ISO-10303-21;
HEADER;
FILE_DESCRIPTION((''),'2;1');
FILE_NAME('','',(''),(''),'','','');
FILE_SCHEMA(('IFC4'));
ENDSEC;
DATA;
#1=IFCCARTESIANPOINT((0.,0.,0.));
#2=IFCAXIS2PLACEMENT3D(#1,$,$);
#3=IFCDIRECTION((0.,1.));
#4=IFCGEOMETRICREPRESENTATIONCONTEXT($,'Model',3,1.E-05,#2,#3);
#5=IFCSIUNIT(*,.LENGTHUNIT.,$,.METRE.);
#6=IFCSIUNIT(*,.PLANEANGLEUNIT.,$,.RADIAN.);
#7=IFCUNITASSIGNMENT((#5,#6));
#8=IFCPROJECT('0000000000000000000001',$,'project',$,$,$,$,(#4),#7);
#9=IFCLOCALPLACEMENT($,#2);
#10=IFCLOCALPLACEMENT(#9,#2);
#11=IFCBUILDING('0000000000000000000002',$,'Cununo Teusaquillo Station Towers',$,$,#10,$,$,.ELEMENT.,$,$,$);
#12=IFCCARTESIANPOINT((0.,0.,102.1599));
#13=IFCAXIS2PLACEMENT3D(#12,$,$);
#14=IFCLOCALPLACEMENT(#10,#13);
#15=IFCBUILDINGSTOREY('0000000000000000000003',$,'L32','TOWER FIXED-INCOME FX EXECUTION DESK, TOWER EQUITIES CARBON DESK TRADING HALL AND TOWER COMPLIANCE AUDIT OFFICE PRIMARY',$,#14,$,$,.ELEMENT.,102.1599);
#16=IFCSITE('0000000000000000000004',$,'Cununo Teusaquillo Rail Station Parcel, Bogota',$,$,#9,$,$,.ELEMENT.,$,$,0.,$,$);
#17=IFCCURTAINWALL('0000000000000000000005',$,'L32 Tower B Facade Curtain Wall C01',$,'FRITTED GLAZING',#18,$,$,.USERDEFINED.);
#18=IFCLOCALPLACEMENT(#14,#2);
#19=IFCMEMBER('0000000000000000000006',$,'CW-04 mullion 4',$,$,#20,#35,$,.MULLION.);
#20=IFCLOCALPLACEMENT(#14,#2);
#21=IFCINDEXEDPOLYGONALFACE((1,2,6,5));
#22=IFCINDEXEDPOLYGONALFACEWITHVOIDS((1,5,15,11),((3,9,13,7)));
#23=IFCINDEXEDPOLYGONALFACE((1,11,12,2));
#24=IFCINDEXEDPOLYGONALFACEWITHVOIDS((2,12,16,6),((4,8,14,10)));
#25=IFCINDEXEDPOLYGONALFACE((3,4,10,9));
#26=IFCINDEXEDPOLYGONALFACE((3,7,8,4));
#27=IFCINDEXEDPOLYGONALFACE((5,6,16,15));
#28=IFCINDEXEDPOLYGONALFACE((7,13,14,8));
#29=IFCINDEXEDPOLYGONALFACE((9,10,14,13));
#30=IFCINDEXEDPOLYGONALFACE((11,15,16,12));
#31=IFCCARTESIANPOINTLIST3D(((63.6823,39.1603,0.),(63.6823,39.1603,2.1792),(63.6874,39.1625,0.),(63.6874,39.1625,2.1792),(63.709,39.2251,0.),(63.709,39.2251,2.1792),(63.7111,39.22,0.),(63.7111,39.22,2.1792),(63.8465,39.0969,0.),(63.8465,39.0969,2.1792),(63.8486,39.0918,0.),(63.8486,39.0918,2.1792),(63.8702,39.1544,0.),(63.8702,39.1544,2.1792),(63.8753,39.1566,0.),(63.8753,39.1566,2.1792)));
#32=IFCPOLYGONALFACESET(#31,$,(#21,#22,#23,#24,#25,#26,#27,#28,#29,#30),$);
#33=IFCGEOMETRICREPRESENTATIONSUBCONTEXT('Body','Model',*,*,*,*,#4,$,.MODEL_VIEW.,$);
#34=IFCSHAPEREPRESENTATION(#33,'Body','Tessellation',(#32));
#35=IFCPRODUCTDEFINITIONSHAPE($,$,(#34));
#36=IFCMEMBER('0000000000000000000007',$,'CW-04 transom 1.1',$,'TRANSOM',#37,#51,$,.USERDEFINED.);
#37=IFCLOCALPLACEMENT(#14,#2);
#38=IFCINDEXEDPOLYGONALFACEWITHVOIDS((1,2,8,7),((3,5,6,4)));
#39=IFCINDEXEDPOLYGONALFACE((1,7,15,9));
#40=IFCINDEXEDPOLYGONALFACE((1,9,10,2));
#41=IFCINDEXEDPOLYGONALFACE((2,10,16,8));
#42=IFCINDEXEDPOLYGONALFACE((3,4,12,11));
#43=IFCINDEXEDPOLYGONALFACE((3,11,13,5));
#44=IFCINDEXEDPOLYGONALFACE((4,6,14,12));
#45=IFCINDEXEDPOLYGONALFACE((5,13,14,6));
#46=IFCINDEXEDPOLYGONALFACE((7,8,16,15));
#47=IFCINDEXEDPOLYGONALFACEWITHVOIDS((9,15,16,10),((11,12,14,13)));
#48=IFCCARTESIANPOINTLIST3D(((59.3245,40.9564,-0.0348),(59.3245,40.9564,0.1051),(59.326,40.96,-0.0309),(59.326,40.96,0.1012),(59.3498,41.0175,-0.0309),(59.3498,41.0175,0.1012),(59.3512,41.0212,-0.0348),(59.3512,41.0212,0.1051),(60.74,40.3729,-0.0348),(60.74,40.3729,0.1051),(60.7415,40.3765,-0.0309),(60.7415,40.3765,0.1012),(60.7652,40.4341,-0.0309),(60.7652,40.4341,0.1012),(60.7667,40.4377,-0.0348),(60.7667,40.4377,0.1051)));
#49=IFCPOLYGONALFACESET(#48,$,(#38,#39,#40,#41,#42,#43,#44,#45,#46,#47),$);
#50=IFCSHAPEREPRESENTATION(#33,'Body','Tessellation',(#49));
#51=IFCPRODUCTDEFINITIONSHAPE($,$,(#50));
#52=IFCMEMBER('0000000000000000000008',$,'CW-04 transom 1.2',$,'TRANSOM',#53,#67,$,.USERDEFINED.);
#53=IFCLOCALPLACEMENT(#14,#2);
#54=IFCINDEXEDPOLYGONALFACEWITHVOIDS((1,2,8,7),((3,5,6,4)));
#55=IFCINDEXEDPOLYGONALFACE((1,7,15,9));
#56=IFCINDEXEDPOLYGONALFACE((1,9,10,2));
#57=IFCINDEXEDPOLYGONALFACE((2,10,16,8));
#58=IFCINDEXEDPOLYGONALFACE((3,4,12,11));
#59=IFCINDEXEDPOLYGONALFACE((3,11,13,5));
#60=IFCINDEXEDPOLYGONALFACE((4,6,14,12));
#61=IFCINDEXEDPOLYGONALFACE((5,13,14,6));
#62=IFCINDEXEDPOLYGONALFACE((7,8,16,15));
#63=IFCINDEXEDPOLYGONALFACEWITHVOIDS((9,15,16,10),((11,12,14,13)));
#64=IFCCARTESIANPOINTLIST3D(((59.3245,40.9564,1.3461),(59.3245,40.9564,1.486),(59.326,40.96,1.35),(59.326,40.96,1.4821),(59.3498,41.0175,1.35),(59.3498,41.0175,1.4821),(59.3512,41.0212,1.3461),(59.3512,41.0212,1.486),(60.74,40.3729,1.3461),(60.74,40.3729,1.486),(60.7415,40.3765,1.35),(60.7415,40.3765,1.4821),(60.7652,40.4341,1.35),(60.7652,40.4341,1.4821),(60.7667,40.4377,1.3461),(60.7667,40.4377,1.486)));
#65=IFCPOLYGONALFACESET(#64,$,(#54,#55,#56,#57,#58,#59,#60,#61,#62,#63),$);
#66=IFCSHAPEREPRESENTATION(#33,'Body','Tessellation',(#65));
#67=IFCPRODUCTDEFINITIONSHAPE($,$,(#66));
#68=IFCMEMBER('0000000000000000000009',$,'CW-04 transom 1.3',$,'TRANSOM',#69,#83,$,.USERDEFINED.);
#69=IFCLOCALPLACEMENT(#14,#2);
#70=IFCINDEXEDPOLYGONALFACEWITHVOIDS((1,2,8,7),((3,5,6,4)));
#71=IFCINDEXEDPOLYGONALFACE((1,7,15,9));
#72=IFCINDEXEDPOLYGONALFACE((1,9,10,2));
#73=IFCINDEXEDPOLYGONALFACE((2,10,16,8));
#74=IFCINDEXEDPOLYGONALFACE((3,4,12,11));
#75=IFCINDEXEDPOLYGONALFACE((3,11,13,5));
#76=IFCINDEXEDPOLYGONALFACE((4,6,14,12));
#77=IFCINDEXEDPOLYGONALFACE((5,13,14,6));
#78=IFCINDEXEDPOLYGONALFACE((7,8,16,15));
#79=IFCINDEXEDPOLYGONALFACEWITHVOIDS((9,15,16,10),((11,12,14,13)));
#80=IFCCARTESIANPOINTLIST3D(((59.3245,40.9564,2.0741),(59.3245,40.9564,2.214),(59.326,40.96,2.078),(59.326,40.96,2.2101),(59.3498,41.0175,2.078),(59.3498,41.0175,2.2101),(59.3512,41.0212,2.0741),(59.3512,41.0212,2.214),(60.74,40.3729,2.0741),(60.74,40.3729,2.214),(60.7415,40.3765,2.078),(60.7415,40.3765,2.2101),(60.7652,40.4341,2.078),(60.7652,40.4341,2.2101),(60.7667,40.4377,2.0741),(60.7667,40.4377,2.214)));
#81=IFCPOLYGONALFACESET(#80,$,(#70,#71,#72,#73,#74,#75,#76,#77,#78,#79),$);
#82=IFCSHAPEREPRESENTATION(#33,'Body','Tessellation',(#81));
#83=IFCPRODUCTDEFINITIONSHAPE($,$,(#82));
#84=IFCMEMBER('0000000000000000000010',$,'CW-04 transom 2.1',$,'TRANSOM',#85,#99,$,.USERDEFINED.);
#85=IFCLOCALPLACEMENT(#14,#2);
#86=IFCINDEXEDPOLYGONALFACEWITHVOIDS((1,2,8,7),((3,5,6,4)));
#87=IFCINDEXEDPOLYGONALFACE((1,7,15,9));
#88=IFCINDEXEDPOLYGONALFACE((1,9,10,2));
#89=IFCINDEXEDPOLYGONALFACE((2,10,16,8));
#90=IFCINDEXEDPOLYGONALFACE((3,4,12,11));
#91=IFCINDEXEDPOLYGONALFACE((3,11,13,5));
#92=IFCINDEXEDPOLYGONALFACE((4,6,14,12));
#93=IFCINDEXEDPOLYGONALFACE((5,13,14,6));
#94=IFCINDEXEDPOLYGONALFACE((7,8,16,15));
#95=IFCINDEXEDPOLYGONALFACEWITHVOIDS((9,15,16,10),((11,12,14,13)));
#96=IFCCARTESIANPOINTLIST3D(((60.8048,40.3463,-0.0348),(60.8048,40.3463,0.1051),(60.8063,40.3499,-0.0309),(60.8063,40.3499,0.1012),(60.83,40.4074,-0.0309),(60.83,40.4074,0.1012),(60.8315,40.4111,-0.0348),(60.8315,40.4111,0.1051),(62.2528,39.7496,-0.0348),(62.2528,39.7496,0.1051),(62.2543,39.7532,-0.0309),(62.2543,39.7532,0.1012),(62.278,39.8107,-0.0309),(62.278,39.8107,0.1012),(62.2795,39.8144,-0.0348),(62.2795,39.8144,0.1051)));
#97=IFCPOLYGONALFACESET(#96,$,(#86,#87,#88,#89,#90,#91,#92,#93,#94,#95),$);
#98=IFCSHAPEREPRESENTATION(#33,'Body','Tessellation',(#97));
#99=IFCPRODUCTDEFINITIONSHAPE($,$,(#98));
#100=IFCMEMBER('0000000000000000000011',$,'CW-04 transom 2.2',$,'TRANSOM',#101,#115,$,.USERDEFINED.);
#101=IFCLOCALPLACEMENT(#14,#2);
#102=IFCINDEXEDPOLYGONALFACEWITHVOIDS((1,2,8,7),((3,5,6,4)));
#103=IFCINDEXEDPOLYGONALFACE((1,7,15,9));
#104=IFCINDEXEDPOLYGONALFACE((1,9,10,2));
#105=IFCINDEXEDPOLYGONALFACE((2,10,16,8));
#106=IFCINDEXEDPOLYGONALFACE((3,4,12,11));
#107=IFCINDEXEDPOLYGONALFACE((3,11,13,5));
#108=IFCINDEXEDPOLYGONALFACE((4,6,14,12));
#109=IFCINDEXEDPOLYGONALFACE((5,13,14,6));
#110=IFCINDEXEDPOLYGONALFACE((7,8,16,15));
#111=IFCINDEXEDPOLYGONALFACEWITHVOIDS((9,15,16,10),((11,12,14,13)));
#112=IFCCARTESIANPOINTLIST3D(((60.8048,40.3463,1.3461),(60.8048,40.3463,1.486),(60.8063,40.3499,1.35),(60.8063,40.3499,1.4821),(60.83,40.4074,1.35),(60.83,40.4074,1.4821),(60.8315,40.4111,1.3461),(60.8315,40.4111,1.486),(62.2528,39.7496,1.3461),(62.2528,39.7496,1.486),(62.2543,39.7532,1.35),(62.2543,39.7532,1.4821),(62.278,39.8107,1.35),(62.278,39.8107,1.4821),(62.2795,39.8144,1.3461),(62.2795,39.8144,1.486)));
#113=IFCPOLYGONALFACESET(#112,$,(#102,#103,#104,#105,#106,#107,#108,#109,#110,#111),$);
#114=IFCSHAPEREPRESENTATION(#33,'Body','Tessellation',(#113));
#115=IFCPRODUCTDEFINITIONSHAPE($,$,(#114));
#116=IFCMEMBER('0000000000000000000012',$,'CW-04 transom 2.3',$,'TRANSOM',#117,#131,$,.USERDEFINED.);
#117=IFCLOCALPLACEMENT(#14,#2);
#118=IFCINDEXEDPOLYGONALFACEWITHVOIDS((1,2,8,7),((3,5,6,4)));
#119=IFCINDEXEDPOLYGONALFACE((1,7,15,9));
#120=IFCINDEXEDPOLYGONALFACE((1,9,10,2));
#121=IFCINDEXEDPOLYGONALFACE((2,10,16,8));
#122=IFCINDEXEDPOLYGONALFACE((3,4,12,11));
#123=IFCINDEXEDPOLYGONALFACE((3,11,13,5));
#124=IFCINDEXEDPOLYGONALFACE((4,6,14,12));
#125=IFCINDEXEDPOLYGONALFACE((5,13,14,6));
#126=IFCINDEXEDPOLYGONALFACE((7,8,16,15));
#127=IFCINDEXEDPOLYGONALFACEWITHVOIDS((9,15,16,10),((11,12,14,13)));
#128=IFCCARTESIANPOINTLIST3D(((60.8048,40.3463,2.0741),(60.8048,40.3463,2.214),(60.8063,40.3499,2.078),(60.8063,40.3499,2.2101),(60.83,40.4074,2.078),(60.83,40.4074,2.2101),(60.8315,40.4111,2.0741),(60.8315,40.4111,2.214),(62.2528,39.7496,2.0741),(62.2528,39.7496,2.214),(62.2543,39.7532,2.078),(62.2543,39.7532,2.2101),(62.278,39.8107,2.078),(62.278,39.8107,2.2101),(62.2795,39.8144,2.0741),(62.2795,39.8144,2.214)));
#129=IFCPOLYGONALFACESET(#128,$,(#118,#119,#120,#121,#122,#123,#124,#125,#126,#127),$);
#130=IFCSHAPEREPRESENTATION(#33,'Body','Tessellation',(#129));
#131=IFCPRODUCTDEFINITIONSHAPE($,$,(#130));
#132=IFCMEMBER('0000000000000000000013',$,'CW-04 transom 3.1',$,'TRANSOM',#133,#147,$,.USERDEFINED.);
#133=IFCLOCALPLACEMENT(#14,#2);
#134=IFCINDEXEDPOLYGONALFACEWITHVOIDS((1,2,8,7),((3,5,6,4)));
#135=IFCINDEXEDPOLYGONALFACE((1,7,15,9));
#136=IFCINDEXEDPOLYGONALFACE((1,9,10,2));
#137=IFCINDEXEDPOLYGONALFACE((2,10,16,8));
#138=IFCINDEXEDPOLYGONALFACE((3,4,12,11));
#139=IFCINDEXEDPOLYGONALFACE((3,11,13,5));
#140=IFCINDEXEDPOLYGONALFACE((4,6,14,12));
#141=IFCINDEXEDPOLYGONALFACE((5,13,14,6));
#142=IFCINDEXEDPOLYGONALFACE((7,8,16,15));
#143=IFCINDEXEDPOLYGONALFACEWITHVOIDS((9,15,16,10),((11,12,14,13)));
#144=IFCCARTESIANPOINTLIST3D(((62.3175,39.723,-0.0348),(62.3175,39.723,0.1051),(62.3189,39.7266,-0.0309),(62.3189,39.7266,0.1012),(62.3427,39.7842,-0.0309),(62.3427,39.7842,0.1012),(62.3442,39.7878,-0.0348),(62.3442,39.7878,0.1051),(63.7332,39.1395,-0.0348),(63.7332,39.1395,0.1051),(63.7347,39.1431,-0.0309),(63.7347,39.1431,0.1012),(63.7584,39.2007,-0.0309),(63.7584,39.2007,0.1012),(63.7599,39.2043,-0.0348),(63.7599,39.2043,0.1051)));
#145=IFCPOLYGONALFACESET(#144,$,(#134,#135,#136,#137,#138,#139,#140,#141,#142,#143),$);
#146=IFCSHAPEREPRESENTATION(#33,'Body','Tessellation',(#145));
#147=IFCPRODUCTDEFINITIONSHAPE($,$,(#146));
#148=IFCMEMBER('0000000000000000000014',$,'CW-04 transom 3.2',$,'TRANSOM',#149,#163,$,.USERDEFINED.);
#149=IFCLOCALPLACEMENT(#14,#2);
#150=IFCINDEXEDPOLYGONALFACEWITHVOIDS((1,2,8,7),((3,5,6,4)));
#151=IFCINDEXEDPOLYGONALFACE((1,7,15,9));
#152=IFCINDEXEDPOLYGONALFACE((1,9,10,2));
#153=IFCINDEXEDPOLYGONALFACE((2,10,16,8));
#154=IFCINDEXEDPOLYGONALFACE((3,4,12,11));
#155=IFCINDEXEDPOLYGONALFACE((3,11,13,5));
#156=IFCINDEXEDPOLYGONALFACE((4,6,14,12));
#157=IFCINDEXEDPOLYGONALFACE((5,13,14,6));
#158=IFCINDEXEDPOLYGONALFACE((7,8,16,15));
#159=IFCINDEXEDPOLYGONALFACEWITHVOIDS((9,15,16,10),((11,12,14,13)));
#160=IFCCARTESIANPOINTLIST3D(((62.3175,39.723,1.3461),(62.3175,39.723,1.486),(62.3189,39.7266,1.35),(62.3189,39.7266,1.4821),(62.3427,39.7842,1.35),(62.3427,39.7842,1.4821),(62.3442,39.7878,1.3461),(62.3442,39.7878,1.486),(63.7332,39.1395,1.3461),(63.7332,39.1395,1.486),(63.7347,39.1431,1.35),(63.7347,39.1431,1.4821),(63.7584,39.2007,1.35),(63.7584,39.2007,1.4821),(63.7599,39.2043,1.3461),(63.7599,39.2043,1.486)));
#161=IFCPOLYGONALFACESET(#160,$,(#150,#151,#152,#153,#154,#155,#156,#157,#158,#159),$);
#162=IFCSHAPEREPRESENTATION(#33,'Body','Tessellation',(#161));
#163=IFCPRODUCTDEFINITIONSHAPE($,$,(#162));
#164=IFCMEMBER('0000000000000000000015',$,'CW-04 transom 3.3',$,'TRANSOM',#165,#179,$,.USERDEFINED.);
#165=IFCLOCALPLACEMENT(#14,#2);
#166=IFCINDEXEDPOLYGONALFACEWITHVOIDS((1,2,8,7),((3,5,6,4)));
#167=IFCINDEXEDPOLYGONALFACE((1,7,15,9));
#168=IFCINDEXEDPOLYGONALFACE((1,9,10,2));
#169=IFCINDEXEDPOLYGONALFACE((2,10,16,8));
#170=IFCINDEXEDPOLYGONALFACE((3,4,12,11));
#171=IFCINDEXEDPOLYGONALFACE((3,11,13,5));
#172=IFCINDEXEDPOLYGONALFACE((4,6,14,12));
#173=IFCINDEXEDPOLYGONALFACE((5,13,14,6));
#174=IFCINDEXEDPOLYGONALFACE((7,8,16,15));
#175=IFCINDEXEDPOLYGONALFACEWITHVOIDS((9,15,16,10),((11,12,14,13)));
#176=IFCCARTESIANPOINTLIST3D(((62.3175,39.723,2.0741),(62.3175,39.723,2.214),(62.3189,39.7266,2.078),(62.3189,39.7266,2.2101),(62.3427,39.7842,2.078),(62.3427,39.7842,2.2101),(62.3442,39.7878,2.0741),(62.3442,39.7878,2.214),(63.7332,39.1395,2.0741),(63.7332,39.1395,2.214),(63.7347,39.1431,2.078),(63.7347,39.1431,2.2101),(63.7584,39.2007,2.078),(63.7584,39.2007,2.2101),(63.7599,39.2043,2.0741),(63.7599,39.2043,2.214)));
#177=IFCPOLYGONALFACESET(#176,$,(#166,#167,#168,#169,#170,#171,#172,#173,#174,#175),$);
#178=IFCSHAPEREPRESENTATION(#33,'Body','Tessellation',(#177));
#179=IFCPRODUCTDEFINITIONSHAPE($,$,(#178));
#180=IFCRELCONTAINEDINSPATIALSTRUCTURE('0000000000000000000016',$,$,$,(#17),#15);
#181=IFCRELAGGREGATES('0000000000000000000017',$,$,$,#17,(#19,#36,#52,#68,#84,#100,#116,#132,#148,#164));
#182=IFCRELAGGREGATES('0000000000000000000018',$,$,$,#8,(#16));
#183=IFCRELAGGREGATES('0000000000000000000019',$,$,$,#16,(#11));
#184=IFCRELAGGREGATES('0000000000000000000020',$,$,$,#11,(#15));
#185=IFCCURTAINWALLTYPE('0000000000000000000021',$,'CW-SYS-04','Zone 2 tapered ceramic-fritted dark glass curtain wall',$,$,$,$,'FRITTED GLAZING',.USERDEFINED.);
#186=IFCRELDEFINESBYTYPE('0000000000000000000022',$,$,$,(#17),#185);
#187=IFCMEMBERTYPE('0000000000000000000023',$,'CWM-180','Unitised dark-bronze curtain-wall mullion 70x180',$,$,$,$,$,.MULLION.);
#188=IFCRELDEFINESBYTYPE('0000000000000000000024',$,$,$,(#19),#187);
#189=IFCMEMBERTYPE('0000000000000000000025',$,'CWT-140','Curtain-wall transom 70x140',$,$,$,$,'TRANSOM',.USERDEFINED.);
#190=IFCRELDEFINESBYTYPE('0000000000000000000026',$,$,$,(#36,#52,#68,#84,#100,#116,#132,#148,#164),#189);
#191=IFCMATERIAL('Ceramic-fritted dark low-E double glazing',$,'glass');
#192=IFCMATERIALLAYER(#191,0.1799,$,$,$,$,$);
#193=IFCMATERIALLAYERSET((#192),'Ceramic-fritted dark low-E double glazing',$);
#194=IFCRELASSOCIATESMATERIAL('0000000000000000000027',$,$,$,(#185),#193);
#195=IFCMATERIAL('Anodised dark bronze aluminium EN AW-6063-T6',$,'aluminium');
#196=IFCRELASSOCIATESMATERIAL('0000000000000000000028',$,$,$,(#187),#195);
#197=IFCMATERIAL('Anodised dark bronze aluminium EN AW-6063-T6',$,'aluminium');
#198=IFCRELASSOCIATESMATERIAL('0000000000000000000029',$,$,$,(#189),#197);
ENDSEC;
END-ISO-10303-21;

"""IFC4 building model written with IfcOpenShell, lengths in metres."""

from ifc_helpers import new_model, si_unit, direction, frame, origin, origin_2d, place, context, subcontext, project, spatial, hollow_rectangle, extrude, material, layer, layer_set, material_profile, profile_set, type_object, element, aggregate, save


model = new_model("IFC4")

# Units and contexts
model_context = context("Model", 3, precision=1e-05, world=origin(), true_north=direction((0.0, 1.0)))
body_context = subcontext(model_context, "Body", "Model", "MODEL_VIEW")
ifc_project = project(units=[si_unit("LENGTHUNIT", "METRE"), si_unit("PLANEANGLEUNIT", "RADIAN")], contexts=[model_context])

# Site, building, storey
site_placement = place(None, origin())
site = spatial("IfcSite", under=ifc_project, at=site_placement, Name="Cununo Teusaquillo Rail Station Parcel, Bogota", CompositionType="ELEMENT", RefElevation=0.0)
building_placement = place(site_placement, origin())
building = spatial("IfcBuilding", under=site, at=building_placement, Name="Cununo Teusaquillo Station Towers", CompositionType="ELEMENT")
storey_placement = place(building_placement, frame((0.0, 0.0, 102.1599)))
storey = spatial("IfcBuildingStorey", under=building, at=storey_placement, Name="L32", Description="TOWER FIXED-INCOME FX EXECUTION DESK, TOWER EQUITIES CARBON DESK TRADING HALL AND TOWER COMPLIANCE AUDIT OFFICE PRIMARY", CompositionType="ELEMENT", Elevation=102.1599)

# Curtain wall, members
ifc_material_1 = material(Name="Ceramic-fritted dark low-E double glazing", Category="glass")
ifc_layer_1 = layer(ifc_material_1, 0.1799)
ifc_layer_set_1 = layer_set([ifc_layer_1], Name="Ceramic-fritted dark low-E double glazing")
curtain_wall_type = type_object("IfcCurtainWallType", Name="CW-SYS-04", Description="Zone 2 tapered ceramic-fritted dark glass curtain wall", ElementType="FRITTED GLAZING", PredefinedType="USERDEFINED", material=ifc_layer_set_1)
curtain_wall_placement = place(storey_placement, origin())
curtain_wall = element("IfcCurtainWall", 1, at=curtain_wall_placement, inside=storey, type_object=curtain_wall_type, Name="L32 Tower B Facade Curtain Wall C01", ObjectType="FRITTED GLAZING", PredefinedType="USERDEFINED")
ifc_material_2 = material(Name="Anodised dark bronze aluminium EN AW-6063-T6", Category="aluminium")
ifc_material_profile_1 = material_profile(ifc_material_2, hollow_rectangle(XDim=0.0701, YDim=0.1799, WallThickness=0.0039, at=origin_2d()), Name="CW-MULL-70x180")
ifc_profile_set_1 = profile_set([ifc_material_profile_1], Name="Anodised dark bronze aluminium EN AW-6063-T6")
member_type_1 = type_object("IfcMemberType", Name="CWM-180", Description="Unitised dark-bronze curtain-wall mullion 70x180", PredefinedType="MULLION", material=ifc_profile_set_1)
member_1_placement = place(storey_placement, frame((63.7788, 39.1584, 0.0), z_axis=(0.0, 0.0, 1.0), x_axis=(0.381031, 0.924562, 0.0)))
member_1 = element("IfcMember", 2, at=member_1_placement, type_object=member_type_1, Name="CW-04 mullion 4", PredefinedType="MULLION", context=body_context, shape_type="SweptSolid", body=[
    extrude(hollow_rectangle(XDim=0.0701, YDim=0.1799, WallThickness=0.0039, at=origin_2d()), origin(), (0.0, 0.0, 1.0), 2.1792),
])
ifc_material_3 = material(Name="Anodised dark bronze aluminium EN AW-6063-T6", Category="aluminium")
ifc_material_profile_2 = material_profile(ifc_material_3, hollow_rectangle(XDim=0.0701, YDim=0.1399, WallThickness=0.0039, at=origin_2d()), Name="CW-TRAN-70x140")
ifc_profile_set_2 = profile_set([ifc_material_profile_2], Name="Anodised dark bronze aluminium EN AW-6063-T6")
member_type_2 = type_object("IfcMemberType", Name="CWT-140", Description="Curtain-wall transom 70x140", ElementType="TRANSOM", PredefinedType="USERDEFINED", material=ifc_profile_set_2)
member_2_placement = place(storey_placement, frame((59.3379, 40.9888, 0.0352), z_axis=(0.924533, -0.381103, 0.0), x_axis=(0.381103, 0.924533, 0.0)))
member_2 = element("IfcMember", 3, at=member_2_placement, type_object=member_type_2, Name="CW-04 transom 1.1", ObjectType="TRANSOM", PredefinedType="USERDEFINED", context=body_context, shape_type="SweptSolid", body=[
    extrude(hollow_rectangle(XDim=0.0701, YDim=0.1399, WallThickness=0.0039, at=origin_2d()), origin(), (0.0, 0.0, 1.0), 1.531),
])
member_3_placement = place(storey_placement, frame((59.3379, 40.9888, 1.416), z_axis=(0.924533, -0.381103, 0.0), x_axis=(0.381103, 0.924533, 0.0)))
member_3 = element("IfcMember", 4, at=member_3_placement, type_object=member_type_2, Name="CW-04 transom 1.2", ObjectType="TRANSOM", PredefinedType="USERDEFINED", context=body_context, shape_type="SweptSolid", body=[
    extrude(hollow_rectangle(XDim=0.0701, YDim=0.1399, WallThickness=0.0039, at=origin_2d()), origin(), (0.0, 0.0, 1.0), 1.531),
])
member_4_placement = place(storey_placement, frame((59.3379, 40.9888, 2.144), z_axis=(0.924533, -0.381103, 0.0), x_axis=(0.381103, 0.924533, 0.0)))
member_4 = element("IfcMember", 5, at=member_4_placement, type_object=member_type_2, Name="CW-04 transom 1.3", ObjectType="TRANSOM", PredefinedType="USERDEFINED", context=body_context, shape_type="SweptSolid", body=[
    extrude(hollow_rectangle(XDim=0.0701, YDim=0.1399, WallThickness=0.0039, at=origin_2d()), origin(), (0.0, 0.0, 1.0), 1.531),
])
member_5_placement = place(storey_placement, frame((60.8181, 40.3787, 0.0352), z_axis=(0.924578, -0.380993, 0.0), x_axis=(0.380993, 0.924578, 0.0)))
member_5 = element("IfcMember", 6, at=member_5_placement, type_object=member_type_2, Name="CW-04 transom 2.1", ObjectType="TRANSOM", PredefinedType="USERDEFINED", context=body_context, shape_type="SweptSolid", body=[
    extrude(hollow_rectangle(XDim=0.0701, YDim=0.1399, WallThickness=0.0039, at=origin_2d()), origin(), (0.0, 0.0, 1.0), 1.5662),
])
member_6_placement = place(storey_placement, frame((60.8181, 40.3787, 1.416), z_axis=(0.924578, -0.380993, 0.0), x_axis=(0.380993, 0.924578, 0.0)))
member_6 = element("IfcMember", 7, at=member_6_placement, type_object=member_type_2, Name="CW-04 transom 2.2", ObjectType="TRANSOM", PredefinedType="USERDEFINED", context=body_context, shape_type="SweptSolid", body=[
    extrude(hollow_rectangle(XDim=0.0701, YDim=0.1399, WallThickness=0.0039, at=origin_2d()), origin(), (0.0, 0.0, 1.0), 1.5662),
])
member_7_placement = place(storey_placement, frame((60.8181, 40.3787, 2.144), z_axis=(0.924578, -0.380993, 0.0), x_axis=(0.380993, 0.924578, 0.0)))
member_7 = element("IfcMember", 8, at=member_7_placement, type_object=member_type_2, Name="CW-04 transom 2.3", ObjectType="TRANSOM", PredefinedType="USERDEFINED", context=body_context, shape_type="SweptSolid", body=[
    extrude(hollow_rectangle(XDim=0.0701, YDim=0.1399, WallThickness=0.0039, at=origin_2d()), origin(), (0.0, 0.0, 1.0), 1.5662),
])
member_8_placement = place(storey_placement, frame((62.3308, 39.7554, 0.0352), z_axis=(0.924556, -0.381046, 0.0), x_axis=(0.381046, 0.924556, 0.0)))
member_8 = element("IfcMember", 9, at=member_8_placement, type_object=member_type_2, Name="CW-04 transom 3.1", ObjectType="TRANSOM", PredefinedType="USERDEFINED", context=body_context, shape_type="SweptSolid", body=[
    extrude(hollow_rectangle(XDim=0.0701, YDim=0.1399, WallThickness=0.0039, at=origin_2d()), origin(), (0.0, 0.0, 1.0), 1.5312),
])
member_9_placement = place(storey_placement, frame((62.3308, 39.7554, 1.416), z_axis=(0.924556, -0.381046, 0.0), x_axis=(0.381046, 0.924556, 0.0)))
member_9 = element("IfcMember", 10, at=member_9_placement, type_object=member_type_2, Name="CW-04 transom 3.2", ObjectType="TRANSOM", PredefinedType="USERDEFINED", context=body_context, shape_type="SweptSolid", body=[
    extrude(hollow_rectangle(XDim=0.0701, YDim=0.1399, WallThickness=0.0039, at=origin_2d()), origin(), (0.0, 0.0, 1.0), 1.5312),
])
member_10_placement = place(storey_placement, frame((62.3308, 39.7554, 2.144), z_axis=(0.924556, -0.381046, 0.0), x_axis=(0.381046, 0.924556, 0.0)))
member_10 = element("IfcMember", 11, at=member_10_placement, type_object=member_type_2, Name="CW-04 transom 3.3", ObjectType="TRANSOM", PredefinedType="USERDEFINED", context=body_context, shape_type="SweptSolid", body=[
    extrude(hollow_rectangle(XDim=0.0701, YDim=0.1399, WallThickness=0.0039, at=origin_2d()), origin(), (0.0, 0.0, 1.0), 1.5312),
])

aggregate(curtain_wall, [member_1, member_2, member_3, member_4, member_5, member_6, member_7, member_8, member_9, member_10])

save(model, "model.ifc")
